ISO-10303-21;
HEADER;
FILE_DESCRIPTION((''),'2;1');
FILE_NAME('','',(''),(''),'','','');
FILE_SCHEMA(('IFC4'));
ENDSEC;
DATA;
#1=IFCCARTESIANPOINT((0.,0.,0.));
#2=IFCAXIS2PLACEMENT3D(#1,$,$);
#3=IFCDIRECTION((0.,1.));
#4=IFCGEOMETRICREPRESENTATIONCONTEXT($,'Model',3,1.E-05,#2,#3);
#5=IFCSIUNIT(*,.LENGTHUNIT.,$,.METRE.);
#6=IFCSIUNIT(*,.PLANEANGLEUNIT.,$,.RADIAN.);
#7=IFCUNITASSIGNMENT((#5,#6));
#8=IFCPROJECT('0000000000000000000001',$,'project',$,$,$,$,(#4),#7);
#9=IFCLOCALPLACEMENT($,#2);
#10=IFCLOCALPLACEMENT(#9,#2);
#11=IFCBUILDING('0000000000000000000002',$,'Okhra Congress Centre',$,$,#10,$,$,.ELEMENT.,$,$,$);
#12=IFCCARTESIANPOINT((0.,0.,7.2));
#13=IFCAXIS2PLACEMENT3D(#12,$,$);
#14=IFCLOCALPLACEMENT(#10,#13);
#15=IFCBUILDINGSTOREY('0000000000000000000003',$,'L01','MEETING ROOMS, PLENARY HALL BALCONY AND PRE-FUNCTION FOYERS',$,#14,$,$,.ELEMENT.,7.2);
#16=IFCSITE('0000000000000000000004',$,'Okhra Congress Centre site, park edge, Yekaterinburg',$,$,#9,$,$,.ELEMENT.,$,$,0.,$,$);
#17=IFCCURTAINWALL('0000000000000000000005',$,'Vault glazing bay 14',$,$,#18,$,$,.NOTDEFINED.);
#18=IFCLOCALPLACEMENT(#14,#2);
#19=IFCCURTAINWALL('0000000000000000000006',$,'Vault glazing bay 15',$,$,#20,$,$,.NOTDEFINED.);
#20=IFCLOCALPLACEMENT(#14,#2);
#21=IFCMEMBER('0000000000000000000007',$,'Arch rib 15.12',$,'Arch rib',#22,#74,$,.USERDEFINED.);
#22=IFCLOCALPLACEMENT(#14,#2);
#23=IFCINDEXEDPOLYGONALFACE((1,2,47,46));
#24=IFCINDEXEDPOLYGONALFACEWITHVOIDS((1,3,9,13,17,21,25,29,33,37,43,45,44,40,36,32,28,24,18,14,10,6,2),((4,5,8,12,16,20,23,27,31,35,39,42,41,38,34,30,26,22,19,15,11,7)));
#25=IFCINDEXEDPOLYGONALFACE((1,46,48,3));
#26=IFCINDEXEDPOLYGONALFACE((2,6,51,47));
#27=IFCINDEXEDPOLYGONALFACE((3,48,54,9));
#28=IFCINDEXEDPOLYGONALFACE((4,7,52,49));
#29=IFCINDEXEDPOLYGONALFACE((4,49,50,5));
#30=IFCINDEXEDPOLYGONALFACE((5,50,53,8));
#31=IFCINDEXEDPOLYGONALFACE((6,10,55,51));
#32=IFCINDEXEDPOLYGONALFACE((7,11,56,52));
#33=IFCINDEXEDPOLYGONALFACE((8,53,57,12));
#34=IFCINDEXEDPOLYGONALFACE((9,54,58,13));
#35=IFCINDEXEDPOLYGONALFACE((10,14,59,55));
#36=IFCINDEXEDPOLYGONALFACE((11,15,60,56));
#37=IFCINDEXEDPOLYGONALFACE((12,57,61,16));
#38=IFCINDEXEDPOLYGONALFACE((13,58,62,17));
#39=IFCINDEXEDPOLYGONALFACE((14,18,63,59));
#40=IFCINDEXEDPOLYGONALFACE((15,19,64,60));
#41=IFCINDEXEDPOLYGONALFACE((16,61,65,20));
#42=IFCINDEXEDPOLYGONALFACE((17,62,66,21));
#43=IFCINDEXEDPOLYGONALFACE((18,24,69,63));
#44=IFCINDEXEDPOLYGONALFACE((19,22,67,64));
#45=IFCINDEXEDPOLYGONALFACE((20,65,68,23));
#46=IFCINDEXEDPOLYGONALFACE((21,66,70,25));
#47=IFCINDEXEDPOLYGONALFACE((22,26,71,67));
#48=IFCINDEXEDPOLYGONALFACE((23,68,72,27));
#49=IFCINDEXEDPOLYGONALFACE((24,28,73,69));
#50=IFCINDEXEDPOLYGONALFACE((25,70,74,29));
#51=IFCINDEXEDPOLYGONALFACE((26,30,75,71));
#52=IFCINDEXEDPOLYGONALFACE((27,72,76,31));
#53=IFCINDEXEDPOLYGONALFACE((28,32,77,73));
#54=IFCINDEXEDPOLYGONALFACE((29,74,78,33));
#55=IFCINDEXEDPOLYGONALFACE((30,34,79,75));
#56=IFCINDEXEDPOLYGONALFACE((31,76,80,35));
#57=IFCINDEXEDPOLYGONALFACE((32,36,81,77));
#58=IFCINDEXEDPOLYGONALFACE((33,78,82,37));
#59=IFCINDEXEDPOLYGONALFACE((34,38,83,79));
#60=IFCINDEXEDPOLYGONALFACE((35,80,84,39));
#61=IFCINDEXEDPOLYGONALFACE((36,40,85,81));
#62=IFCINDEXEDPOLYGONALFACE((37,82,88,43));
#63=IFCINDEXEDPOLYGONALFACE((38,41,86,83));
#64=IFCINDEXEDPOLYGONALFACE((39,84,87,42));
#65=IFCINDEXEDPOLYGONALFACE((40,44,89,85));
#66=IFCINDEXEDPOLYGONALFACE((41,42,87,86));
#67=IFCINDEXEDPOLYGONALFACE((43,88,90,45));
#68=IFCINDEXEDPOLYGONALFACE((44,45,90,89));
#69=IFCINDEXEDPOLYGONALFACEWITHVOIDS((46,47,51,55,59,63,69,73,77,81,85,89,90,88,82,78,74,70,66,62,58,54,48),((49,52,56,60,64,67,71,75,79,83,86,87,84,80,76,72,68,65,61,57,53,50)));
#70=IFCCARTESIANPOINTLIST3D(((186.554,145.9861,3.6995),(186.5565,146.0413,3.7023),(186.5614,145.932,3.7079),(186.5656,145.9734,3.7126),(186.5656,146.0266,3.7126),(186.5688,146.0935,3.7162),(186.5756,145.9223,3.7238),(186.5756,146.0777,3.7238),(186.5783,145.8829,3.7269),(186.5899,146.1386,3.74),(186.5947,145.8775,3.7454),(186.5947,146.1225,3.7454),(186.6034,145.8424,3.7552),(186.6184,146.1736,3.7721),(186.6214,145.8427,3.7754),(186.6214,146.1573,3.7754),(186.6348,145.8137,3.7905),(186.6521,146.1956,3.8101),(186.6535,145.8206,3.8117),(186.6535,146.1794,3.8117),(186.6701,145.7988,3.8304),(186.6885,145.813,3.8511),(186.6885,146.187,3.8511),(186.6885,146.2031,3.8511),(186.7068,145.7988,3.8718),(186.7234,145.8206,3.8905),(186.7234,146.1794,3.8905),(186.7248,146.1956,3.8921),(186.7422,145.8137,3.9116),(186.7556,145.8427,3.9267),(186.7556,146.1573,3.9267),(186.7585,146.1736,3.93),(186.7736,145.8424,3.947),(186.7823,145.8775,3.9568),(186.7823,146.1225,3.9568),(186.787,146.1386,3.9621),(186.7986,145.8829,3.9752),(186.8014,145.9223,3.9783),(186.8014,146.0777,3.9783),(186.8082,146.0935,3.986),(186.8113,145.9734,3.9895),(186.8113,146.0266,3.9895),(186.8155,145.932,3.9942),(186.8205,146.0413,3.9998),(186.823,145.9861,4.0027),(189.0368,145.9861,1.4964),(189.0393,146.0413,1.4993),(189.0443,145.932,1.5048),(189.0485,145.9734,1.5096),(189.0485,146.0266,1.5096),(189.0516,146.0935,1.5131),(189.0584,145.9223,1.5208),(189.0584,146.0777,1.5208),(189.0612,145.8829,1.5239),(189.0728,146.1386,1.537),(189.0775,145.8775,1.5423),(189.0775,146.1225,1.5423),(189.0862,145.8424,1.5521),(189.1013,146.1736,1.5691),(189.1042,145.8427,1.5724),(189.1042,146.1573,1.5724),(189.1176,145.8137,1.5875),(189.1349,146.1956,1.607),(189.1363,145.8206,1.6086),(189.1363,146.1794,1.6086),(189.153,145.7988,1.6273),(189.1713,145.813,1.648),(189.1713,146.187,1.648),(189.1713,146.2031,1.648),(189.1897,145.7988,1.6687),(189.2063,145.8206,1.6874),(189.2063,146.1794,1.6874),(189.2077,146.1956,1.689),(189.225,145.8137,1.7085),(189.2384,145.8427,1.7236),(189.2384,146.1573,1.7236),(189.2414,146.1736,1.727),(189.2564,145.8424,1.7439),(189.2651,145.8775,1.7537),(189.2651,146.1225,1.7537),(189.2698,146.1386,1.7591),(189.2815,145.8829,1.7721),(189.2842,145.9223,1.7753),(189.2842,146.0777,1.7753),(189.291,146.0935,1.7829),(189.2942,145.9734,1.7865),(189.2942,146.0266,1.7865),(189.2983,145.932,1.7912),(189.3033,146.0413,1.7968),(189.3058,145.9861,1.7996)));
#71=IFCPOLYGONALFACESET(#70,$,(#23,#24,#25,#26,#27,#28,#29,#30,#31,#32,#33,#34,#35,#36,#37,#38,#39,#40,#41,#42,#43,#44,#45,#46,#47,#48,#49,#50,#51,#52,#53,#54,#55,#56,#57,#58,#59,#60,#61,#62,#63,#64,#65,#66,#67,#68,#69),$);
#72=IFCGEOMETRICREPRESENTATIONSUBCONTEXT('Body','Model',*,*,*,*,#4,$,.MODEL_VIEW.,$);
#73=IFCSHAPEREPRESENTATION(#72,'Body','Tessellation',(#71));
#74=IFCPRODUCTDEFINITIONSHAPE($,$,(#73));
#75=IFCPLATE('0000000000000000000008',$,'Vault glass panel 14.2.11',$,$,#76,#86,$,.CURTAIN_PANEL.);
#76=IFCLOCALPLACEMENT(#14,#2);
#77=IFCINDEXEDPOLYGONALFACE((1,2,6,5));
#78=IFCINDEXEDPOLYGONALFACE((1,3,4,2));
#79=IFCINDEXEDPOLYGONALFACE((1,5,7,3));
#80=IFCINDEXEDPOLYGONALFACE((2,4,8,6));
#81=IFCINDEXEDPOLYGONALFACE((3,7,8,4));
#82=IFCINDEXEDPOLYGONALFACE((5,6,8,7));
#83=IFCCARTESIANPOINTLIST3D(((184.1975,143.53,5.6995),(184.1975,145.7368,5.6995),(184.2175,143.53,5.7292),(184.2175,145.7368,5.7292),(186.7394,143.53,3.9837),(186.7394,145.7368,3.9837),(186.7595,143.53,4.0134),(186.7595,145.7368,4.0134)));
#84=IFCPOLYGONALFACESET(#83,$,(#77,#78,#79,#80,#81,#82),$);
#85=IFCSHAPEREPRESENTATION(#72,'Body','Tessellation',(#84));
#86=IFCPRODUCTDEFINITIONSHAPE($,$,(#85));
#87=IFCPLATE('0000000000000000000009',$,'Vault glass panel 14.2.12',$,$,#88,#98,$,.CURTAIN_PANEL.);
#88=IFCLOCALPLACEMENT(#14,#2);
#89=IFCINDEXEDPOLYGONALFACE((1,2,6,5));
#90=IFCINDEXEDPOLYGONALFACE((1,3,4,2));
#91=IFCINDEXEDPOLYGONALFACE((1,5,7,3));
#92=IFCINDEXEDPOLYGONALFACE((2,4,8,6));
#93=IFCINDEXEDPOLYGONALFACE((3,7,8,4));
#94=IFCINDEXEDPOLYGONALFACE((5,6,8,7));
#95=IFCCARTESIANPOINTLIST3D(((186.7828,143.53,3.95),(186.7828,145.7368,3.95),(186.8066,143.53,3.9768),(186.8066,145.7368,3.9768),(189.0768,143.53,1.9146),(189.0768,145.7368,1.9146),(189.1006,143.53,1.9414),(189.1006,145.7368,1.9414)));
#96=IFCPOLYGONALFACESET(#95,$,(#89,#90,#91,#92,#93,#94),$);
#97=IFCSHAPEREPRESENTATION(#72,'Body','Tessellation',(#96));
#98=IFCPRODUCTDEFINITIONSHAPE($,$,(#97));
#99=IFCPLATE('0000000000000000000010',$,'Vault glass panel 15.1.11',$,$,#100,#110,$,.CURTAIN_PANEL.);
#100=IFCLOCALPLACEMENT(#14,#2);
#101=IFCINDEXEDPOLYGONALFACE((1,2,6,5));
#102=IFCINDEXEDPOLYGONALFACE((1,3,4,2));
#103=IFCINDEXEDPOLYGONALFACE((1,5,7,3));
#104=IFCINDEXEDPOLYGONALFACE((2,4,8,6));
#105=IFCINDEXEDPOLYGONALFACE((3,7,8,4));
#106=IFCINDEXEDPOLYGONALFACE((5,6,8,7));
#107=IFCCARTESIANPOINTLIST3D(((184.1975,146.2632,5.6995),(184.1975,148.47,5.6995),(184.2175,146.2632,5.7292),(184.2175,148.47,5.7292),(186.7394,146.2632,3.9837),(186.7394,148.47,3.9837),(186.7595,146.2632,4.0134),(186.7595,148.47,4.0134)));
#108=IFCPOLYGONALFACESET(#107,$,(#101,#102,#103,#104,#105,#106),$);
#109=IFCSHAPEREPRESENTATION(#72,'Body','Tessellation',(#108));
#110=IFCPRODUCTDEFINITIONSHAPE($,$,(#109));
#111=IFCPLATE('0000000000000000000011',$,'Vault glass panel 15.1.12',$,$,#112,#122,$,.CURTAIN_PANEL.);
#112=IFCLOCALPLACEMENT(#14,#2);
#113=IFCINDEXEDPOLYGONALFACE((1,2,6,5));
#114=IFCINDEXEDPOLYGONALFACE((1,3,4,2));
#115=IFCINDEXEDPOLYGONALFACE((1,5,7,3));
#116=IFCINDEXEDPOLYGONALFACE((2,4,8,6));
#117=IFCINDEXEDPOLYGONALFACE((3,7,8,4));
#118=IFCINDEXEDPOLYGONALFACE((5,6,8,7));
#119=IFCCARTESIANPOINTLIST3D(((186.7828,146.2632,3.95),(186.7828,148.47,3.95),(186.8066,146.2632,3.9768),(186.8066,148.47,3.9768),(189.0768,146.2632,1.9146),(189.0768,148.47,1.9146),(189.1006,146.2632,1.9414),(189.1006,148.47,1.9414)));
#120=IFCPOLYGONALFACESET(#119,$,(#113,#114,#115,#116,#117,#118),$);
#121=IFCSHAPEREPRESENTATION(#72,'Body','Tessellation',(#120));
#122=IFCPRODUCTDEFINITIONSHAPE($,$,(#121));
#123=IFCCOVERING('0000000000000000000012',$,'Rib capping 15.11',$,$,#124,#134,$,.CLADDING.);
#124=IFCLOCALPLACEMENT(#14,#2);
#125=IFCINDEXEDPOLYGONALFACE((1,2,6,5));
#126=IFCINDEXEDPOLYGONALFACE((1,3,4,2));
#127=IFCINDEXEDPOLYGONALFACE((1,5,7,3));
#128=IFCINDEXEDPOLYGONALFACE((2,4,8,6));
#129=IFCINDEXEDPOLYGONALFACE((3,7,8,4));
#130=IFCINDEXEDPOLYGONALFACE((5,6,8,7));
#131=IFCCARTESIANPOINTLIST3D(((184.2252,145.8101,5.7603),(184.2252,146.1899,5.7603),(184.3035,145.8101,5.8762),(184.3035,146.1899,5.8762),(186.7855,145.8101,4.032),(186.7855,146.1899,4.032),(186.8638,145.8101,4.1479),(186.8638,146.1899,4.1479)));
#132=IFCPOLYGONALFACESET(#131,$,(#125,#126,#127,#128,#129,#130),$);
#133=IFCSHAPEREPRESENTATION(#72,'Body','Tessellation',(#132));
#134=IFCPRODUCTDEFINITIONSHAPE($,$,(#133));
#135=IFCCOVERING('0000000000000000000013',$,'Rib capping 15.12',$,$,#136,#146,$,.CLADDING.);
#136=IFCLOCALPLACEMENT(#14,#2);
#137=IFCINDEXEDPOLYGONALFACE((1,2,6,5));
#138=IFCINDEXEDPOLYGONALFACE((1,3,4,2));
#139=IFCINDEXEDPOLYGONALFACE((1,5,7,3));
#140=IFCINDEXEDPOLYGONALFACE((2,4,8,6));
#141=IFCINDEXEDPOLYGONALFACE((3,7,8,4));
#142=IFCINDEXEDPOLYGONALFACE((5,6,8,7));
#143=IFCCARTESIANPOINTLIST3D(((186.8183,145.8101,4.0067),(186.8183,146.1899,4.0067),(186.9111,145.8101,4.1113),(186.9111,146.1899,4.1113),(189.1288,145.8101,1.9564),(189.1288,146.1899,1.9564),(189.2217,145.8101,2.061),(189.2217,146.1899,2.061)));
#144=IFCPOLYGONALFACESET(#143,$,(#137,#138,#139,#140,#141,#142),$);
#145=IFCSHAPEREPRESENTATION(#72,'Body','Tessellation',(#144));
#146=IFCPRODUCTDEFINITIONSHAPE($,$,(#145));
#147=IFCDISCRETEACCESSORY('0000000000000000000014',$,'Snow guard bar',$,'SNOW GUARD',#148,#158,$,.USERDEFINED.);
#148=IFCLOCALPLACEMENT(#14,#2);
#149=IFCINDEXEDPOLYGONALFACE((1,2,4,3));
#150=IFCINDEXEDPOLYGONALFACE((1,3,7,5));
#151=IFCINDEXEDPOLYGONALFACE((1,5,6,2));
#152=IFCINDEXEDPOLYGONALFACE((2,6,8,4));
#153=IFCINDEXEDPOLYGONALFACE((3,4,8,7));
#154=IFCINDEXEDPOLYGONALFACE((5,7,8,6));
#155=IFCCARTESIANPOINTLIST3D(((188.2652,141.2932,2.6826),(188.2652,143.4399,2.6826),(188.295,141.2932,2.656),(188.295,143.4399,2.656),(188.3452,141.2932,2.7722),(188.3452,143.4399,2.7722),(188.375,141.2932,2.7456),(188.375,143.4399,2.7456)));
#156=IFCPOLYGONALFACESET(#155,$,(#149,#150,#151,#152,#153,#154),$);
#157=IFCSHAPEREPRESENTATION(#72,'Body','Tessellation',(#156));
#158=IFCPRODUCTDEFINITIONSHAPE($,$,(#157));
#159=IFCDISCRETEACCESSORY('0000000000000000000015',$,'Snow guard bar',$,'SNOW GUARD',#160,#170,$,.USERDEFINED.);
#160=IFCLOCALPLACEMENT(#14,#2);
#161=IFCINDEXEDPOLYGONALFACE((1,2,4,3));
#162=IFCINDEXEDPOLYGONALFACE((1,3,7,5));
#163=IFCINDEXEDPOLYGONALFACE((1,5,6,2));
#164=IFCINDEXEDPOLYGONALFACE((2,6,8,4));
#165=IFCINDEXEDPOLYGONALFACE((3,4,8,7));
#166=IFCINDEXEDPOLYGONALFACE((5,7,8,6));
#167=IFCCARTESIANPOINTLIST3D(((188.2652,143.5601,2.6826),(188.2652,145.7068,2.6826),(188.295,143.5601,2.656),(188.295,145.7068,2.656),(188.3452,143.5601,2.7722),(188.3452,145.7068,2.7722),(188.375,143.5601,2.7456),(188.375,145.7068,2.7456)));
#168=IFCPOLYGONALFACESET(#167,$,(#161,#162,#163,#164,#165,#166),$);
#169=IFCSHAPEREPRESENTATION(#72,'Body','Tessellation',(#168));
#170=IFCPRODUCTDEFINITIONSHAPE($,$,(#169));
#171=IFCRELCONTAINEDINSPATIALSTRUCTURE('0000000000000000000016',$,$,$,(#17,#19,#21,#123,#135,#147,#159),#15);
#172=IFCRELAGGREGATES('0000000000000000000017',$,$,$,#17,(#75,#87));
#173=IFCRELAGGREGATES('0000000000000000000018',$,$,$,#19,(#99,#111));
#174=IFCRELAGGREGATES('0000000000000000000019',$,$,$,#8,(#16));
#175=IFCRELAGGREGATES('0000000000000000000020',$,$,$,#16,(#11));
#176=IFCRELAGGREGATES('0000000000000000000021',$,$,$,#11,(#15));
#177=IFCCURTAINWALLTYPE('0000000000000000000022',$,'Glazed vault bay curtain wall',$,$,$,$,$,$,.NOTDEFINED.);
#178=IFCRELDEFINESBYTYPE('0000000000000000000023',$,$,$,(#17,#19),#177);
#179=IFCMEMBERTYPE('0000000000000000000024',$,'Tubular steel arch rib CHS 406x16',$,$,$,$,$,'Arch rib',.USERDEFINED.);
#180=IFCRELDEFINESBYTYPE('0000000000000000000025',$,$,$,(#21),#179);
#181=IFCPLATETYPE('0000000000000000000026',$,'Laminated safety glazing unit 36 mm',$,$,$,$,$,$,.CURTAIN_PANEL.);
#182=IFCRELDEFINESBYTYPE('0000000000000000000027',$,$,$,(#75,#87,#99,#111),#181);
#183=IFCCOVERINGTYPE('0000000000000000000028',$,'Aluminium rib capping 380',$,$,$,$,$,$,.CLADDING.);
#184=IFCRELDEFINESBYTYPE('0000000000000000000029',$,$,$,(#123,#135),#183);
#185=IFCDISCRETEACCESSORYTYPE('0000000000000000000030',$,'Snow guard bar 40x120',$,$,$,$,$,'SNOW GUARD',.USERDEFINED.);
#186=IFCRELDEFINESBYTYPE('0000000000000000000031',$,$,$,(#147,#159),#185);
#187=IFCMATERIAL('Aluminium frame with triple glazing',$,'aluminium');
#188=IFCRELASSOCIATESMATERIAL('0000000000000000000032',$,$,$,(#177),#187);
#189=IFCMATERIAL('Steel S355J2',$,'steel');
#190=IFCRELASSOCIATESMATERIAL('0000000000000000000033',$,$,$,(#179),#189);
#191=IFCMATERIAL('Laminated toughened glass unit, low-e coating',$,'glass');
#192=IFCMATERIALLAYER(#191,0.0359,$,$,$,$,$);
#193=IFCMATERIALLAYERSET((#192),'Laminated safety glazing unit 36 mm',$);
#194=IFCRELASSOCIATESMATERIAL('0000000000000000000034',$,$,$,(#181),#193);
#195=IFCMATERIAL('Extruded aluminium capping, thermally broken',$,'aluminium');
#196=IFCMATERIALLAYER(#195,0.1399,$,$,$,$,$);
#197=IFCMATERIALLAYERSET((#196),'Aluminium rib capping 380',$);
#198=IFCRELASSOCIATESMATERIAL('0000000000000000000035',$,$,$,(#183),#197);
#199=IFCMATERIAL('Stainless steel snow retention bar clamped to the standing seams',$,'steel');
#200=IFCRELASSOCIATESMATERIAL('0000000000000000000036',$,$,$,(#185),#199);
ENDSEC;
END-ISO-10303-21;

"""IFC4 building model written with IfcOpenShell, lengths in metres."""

from ifc_helpers import new_model, si_unit, direction, frame, origin, origin_2d, place, context, subcontext, project, spatial, polyline, hollow_circle, outline, extrude, material, layer, layer_set, material_profile, profile_set, type_object, element, aggregate, save


model = new_model("IFC4")

# Units and contexts
model_context = context("Model", 3, precision=1e-05, world=origin(), true_north=direction((0.0, 1.0)))
body_context = subcontext(model_context, "Body", "Model", "MODEL_VIEW")
ifc_project = project(units=[si_unit("LENGTHUNIT", "METRE"), si_unit("PLANEANGLEUNIT", "RADIAN")], contexts=[model_context])

# Site, building, storey
site_placement = place(None, origin())
site = spatial("IfcSite", under=ifc_project, at=site_placement, Name="Okhra Congress Centre site, park edge, Yekaterinburg", CompositionType="ELEMENT", RefElevation=0.0)
building_placement = place(site_placement, origin())
building = spatial("IfcBuilding", under=site, at=building_placement, Name="Okhra Congress Centre", CompositionType="ELEMENT")
storey_placement = place(building_placement, frame((0.0, 0.0, 7.2)))
storey = spatial("IfcBuildingStorey", under=building, at=storey_placement, Name="L01", Description="MEETING ROOMS, PLENARY HALL BALCONY AND PRE-FUNCTION FOYERS", CompositionType="ELEMENT", Elevation=7.2)

# Curtain walls
ifc_material_1 = material(Name="Aluminium frame with triple glazing", Category="aluminium")
curtain_wall_type = type_object("IfcCurtainWallType", Name="Glazed vault bay curtain wall", PredefinedType="NOTDEFINED", material=ifc_material_1)
curtain_wall_1_placement = place(storey_placement, origin())
curtain_wall_1 = element("IfcCurtainWall", 1, at=curtain_wall_1_placement, inside=storey, type_object=curtain_wall_type, Name="Vault glazing bay 14", PredefinedType="NOTDEFINED")
curtain_wall_2_placement = place(storey_placement, origin())
curtain_wall_2 = element("IfcCurtainWall", 2, at=curtain_wall_2_placement, inside=storey, type_object=curtain_wall_type, Name="Vault glazing bay 15", PredefinedType="NOTDEFINED")

# Member
ifc_material_2 = material(Name="Steel S355J2", Category="steel")
ifc_material_profile_1 = material_profile(ifc_material_2, hollow_circle(Radius=0.2031, WallThickness=0.0161, at=origin_2d()), Name="CHS 406.4x16")
ifc_profile_set_1 = profile_set([ifc_material_profile_1], Name="Steel S355J2")
member_type_1 = type_object("IfcMemberType", Name="Tubular steel arch rib CHS 406x16", ElementType="Arch rib", PredefinedType="USERDEFINED", material=ifc_profile_set_1)
member_1_placement = place(storey_placement, frame((186.6885, 146.0, 3.8511), z_axis=(0.747993, 0.0, -0.663706), x_axis=(0.0, 1.0, 0.0)))
element("IfcMember", 3, at=member_1_placement, inside=storey, type_object=member_type_1, Name="Arch rib 15.12", ObjectType="Arch rib", PredefinedType="USERDEFINED", context=body_context, shape_type="SweptSolid", body=[
    extrude(hollow_circle(Radius=0.2031, WallThickness=0.0161, at=origin_2d()), origin(), (0.0, 0.0, 1.0), 3.3193),
])

# Plates
ifc_material_3 = material(Name="Laminated toughened glass unit, low-e coating", Category="glass")
ifc_layer_1 = layer(ifc_material_3, 0.0359)
ifc_layer_set_1 = layer_set([ifc_layer_1], Name="Laminated safety glazing unit 36 mm")
plate_type = type_object("IfcPlateType", Name="Laminated safety glazing unit 36 mm", PredefinedType="CURTAIN_PANEL", material=ifc_layer_set_1)
plate_1_placement = place(storey_placement, frame((184.2175, 143.53, 5.7292), z_axis=(0.559467, 0.0, 0.828852), x_axis=(0.828852, 0.0, -0.559467)))
plate_1 = element("IfcPlate", 4, at=plate_1_placement, type_object=plate_type, Name="Vault glass panel 14.2.11", PredefinedType="CURTAIN_PANEL", context=body_context, shape_type="SweptSolid", body=[
    extrude(outline(polyline([(0.0, 0.0), (3.0669, 0.0), (3.0669, 2.2068), (0.0, 2.2068), (0.0, 0.0)])), origin(), (0.0, 0.0, -1.0), 0.0359),
])
plate_2_placement = place(storey_placement, frame((186.8066, 143.53, 3.9768), z_axis=(0.663697, 0.0, 0.748002), x_axis=(0.748002, 0.0, -0.663697)))
plate_2 = element("IfcPlate", 5, at=plate_2_placement, type_object=plate_type, Name="Vault glass panel 14.2.12", PredefinedType="CURTAIN_PANEL", context=body_context, shape_type="SweptSolid", body=[
    extrude(outline(polyline([(0.0, 0.0), (3.0668, 0.0), (3.0668, 2.2068), (0.0, 2.2068), (0.0, 0.0)])), origin(), (0.0, 0.0, -1.0), 0.0359),
])
aggregate(curtain_wall_1, [plate_1, plate_2])
plate_3_placement = place(storey_placement, frame((184.2175, 146.2632, 5.7292), z_axis=(0.559467, 0.0, 0.828852), x_axis=(0.828852, 0.0, -0.559467)))
plate_3 = element("IfcPlate", 6, at=plate_3_placement, type_object=plate_type, Name="Vault glass panel 15.1.11", PredefinedType="CURTAIN_PANEL", context=body_context, shape_type="SweptSolid", body=[
    extrude(outline(polyline([(0.0, 0.0), (3.0669, 0.0), (3.0669, 2.2068), (0.0, 2.2068), (0.0, 0.0)])), origin(), (0.0, 0.0, -1.0), 0.0359),
])
plate_4_placement = place(storey_placement, frame((186.8066, 146.2632, 3.9768), z_axis=(0.663697, 0.0, 0.748002), x_axis=(0.748002, 0.0, -0.663697)))
plate_4 = element("IfcPlate", 7, at=plate_4_placement, type_object=plate_type, Name="Vault glass panel 15.1.12", PredefinedType="CURTAIN_PANEL", context=body_context, shape_type="SweptSolid", body=[
    extrude(outline(polyline([(0.0, 0.0), (3.0668, 0.0), (3.0668, 2.2068), (0.0, 2.2068), (0.0, 0.0)])), origin(), (0.0, 0.0, -1.0), 0.0359),
])
aggregate(curtain_wall_2, [plate_3, plate_4])

# Coverings
ifc_material_4 = material(Name="Extruded aluminium capping, thermally broken", Category="aluminium")
ifc_layer_2 = layer(ifc_material_4, 0.1399)
ifc_layer_set_2 = layer_set([ifc_layer_2], Name="Aluminium rib capping 380")
covering_type = type_object("IfcCoveringType", Name="Aluminium rib capping 380", PredefinedType="CLADDING", material=ifc_layer_set_2)
covering_1_placement = place(storey_placement, frame((184.3035, 145.8101, 5.8762), z_axis=(0.559488, 0.0, 0.828839), x_axis=(0.828839, 0.0, -0.559488)))
element("IfcCovering", 8, at=covering_1_placement, inside=storey, type_object=covering_type, Name="Rib capping 15.11", PredefinedType="CLADDING", context=body_context, shape_type="SweptSolid", body=[
    extrude(outline(polyline([(0.0, 0.0), (3.089, 0.0), (3.089, 0.3799), (0.0, 0.3799), (0.0, 0.0)])), origin(), (0.0, 0.0, -1.0), 0.1399),
])
covering_2_placement = place(storey_placement, frame((186.9111, 145.8101, 4.1113), z_axis=(0.663726, 0.0, 0.747976), x_axis=(0.747976, 0.0, -0.663726)))
element("IfcCovering", 9, at=covering_2_placement, inside=storey, type_object=covering_type, Name="Rib capping 15.12", PredefinedType="CLADDING", context=body_context, shape_type="SweptSolid", body=[
    extrude(outline(polyline([(0.0, 0.0), (3.0891, 0.0), (3.0891, 0.3799), (0.0, 0.3799), (0.0, 0.0)])), origin(), (0.0, 0.0, -1.0), 0.1399),
])

# Discrete accessories
ifc_material_5 = material(Name="Stainless steel snow retention bar clamped to the standing seams", Category="steel")
discrete_accessory_type = type_object("IfcDiscreteAccessoryType", Name="Snow guard bar 40x120", ElementType="SNOW GUARD", PredefinedType="USERDEFINED", material=ifc_material_5)
for number, where, z_axis, x_axis, name in (
    (10, (188.3452, 141.2932, 2.7722), (0.666259, 0.0, 0.745721), (0.745721, 0.0, -0.666259), "Snow guard bar"),
    (11, (188.3452, 143.5601, 2.7722), (0.666259, 0.0, 0.745721), (0.745721, 0.0, -0.666259), "Snow guard bar"),
):
    element("IfcDiscreteAccessory", number, at=place(storey_placement, frame(where, z_axis=z_axis, x_axis=x_axis)), inside=storey, type_object=discrete_accessory_type, Name=name, ObjectType="SNOW GUARD", PredefinedType="USERDEFINED", context=body_context, shape_type="SweptSolid", body=[
        extrude(outline(polyline([(0.0, 0.0), (0.0399, 0.0), (0.0399, 2.1467), (0.0, 2.1467), (0.0, 0.0)])), origin(), (0.0, 0.0, -1.0), 0.1201),
    ])

save(model, "model.ifc")
